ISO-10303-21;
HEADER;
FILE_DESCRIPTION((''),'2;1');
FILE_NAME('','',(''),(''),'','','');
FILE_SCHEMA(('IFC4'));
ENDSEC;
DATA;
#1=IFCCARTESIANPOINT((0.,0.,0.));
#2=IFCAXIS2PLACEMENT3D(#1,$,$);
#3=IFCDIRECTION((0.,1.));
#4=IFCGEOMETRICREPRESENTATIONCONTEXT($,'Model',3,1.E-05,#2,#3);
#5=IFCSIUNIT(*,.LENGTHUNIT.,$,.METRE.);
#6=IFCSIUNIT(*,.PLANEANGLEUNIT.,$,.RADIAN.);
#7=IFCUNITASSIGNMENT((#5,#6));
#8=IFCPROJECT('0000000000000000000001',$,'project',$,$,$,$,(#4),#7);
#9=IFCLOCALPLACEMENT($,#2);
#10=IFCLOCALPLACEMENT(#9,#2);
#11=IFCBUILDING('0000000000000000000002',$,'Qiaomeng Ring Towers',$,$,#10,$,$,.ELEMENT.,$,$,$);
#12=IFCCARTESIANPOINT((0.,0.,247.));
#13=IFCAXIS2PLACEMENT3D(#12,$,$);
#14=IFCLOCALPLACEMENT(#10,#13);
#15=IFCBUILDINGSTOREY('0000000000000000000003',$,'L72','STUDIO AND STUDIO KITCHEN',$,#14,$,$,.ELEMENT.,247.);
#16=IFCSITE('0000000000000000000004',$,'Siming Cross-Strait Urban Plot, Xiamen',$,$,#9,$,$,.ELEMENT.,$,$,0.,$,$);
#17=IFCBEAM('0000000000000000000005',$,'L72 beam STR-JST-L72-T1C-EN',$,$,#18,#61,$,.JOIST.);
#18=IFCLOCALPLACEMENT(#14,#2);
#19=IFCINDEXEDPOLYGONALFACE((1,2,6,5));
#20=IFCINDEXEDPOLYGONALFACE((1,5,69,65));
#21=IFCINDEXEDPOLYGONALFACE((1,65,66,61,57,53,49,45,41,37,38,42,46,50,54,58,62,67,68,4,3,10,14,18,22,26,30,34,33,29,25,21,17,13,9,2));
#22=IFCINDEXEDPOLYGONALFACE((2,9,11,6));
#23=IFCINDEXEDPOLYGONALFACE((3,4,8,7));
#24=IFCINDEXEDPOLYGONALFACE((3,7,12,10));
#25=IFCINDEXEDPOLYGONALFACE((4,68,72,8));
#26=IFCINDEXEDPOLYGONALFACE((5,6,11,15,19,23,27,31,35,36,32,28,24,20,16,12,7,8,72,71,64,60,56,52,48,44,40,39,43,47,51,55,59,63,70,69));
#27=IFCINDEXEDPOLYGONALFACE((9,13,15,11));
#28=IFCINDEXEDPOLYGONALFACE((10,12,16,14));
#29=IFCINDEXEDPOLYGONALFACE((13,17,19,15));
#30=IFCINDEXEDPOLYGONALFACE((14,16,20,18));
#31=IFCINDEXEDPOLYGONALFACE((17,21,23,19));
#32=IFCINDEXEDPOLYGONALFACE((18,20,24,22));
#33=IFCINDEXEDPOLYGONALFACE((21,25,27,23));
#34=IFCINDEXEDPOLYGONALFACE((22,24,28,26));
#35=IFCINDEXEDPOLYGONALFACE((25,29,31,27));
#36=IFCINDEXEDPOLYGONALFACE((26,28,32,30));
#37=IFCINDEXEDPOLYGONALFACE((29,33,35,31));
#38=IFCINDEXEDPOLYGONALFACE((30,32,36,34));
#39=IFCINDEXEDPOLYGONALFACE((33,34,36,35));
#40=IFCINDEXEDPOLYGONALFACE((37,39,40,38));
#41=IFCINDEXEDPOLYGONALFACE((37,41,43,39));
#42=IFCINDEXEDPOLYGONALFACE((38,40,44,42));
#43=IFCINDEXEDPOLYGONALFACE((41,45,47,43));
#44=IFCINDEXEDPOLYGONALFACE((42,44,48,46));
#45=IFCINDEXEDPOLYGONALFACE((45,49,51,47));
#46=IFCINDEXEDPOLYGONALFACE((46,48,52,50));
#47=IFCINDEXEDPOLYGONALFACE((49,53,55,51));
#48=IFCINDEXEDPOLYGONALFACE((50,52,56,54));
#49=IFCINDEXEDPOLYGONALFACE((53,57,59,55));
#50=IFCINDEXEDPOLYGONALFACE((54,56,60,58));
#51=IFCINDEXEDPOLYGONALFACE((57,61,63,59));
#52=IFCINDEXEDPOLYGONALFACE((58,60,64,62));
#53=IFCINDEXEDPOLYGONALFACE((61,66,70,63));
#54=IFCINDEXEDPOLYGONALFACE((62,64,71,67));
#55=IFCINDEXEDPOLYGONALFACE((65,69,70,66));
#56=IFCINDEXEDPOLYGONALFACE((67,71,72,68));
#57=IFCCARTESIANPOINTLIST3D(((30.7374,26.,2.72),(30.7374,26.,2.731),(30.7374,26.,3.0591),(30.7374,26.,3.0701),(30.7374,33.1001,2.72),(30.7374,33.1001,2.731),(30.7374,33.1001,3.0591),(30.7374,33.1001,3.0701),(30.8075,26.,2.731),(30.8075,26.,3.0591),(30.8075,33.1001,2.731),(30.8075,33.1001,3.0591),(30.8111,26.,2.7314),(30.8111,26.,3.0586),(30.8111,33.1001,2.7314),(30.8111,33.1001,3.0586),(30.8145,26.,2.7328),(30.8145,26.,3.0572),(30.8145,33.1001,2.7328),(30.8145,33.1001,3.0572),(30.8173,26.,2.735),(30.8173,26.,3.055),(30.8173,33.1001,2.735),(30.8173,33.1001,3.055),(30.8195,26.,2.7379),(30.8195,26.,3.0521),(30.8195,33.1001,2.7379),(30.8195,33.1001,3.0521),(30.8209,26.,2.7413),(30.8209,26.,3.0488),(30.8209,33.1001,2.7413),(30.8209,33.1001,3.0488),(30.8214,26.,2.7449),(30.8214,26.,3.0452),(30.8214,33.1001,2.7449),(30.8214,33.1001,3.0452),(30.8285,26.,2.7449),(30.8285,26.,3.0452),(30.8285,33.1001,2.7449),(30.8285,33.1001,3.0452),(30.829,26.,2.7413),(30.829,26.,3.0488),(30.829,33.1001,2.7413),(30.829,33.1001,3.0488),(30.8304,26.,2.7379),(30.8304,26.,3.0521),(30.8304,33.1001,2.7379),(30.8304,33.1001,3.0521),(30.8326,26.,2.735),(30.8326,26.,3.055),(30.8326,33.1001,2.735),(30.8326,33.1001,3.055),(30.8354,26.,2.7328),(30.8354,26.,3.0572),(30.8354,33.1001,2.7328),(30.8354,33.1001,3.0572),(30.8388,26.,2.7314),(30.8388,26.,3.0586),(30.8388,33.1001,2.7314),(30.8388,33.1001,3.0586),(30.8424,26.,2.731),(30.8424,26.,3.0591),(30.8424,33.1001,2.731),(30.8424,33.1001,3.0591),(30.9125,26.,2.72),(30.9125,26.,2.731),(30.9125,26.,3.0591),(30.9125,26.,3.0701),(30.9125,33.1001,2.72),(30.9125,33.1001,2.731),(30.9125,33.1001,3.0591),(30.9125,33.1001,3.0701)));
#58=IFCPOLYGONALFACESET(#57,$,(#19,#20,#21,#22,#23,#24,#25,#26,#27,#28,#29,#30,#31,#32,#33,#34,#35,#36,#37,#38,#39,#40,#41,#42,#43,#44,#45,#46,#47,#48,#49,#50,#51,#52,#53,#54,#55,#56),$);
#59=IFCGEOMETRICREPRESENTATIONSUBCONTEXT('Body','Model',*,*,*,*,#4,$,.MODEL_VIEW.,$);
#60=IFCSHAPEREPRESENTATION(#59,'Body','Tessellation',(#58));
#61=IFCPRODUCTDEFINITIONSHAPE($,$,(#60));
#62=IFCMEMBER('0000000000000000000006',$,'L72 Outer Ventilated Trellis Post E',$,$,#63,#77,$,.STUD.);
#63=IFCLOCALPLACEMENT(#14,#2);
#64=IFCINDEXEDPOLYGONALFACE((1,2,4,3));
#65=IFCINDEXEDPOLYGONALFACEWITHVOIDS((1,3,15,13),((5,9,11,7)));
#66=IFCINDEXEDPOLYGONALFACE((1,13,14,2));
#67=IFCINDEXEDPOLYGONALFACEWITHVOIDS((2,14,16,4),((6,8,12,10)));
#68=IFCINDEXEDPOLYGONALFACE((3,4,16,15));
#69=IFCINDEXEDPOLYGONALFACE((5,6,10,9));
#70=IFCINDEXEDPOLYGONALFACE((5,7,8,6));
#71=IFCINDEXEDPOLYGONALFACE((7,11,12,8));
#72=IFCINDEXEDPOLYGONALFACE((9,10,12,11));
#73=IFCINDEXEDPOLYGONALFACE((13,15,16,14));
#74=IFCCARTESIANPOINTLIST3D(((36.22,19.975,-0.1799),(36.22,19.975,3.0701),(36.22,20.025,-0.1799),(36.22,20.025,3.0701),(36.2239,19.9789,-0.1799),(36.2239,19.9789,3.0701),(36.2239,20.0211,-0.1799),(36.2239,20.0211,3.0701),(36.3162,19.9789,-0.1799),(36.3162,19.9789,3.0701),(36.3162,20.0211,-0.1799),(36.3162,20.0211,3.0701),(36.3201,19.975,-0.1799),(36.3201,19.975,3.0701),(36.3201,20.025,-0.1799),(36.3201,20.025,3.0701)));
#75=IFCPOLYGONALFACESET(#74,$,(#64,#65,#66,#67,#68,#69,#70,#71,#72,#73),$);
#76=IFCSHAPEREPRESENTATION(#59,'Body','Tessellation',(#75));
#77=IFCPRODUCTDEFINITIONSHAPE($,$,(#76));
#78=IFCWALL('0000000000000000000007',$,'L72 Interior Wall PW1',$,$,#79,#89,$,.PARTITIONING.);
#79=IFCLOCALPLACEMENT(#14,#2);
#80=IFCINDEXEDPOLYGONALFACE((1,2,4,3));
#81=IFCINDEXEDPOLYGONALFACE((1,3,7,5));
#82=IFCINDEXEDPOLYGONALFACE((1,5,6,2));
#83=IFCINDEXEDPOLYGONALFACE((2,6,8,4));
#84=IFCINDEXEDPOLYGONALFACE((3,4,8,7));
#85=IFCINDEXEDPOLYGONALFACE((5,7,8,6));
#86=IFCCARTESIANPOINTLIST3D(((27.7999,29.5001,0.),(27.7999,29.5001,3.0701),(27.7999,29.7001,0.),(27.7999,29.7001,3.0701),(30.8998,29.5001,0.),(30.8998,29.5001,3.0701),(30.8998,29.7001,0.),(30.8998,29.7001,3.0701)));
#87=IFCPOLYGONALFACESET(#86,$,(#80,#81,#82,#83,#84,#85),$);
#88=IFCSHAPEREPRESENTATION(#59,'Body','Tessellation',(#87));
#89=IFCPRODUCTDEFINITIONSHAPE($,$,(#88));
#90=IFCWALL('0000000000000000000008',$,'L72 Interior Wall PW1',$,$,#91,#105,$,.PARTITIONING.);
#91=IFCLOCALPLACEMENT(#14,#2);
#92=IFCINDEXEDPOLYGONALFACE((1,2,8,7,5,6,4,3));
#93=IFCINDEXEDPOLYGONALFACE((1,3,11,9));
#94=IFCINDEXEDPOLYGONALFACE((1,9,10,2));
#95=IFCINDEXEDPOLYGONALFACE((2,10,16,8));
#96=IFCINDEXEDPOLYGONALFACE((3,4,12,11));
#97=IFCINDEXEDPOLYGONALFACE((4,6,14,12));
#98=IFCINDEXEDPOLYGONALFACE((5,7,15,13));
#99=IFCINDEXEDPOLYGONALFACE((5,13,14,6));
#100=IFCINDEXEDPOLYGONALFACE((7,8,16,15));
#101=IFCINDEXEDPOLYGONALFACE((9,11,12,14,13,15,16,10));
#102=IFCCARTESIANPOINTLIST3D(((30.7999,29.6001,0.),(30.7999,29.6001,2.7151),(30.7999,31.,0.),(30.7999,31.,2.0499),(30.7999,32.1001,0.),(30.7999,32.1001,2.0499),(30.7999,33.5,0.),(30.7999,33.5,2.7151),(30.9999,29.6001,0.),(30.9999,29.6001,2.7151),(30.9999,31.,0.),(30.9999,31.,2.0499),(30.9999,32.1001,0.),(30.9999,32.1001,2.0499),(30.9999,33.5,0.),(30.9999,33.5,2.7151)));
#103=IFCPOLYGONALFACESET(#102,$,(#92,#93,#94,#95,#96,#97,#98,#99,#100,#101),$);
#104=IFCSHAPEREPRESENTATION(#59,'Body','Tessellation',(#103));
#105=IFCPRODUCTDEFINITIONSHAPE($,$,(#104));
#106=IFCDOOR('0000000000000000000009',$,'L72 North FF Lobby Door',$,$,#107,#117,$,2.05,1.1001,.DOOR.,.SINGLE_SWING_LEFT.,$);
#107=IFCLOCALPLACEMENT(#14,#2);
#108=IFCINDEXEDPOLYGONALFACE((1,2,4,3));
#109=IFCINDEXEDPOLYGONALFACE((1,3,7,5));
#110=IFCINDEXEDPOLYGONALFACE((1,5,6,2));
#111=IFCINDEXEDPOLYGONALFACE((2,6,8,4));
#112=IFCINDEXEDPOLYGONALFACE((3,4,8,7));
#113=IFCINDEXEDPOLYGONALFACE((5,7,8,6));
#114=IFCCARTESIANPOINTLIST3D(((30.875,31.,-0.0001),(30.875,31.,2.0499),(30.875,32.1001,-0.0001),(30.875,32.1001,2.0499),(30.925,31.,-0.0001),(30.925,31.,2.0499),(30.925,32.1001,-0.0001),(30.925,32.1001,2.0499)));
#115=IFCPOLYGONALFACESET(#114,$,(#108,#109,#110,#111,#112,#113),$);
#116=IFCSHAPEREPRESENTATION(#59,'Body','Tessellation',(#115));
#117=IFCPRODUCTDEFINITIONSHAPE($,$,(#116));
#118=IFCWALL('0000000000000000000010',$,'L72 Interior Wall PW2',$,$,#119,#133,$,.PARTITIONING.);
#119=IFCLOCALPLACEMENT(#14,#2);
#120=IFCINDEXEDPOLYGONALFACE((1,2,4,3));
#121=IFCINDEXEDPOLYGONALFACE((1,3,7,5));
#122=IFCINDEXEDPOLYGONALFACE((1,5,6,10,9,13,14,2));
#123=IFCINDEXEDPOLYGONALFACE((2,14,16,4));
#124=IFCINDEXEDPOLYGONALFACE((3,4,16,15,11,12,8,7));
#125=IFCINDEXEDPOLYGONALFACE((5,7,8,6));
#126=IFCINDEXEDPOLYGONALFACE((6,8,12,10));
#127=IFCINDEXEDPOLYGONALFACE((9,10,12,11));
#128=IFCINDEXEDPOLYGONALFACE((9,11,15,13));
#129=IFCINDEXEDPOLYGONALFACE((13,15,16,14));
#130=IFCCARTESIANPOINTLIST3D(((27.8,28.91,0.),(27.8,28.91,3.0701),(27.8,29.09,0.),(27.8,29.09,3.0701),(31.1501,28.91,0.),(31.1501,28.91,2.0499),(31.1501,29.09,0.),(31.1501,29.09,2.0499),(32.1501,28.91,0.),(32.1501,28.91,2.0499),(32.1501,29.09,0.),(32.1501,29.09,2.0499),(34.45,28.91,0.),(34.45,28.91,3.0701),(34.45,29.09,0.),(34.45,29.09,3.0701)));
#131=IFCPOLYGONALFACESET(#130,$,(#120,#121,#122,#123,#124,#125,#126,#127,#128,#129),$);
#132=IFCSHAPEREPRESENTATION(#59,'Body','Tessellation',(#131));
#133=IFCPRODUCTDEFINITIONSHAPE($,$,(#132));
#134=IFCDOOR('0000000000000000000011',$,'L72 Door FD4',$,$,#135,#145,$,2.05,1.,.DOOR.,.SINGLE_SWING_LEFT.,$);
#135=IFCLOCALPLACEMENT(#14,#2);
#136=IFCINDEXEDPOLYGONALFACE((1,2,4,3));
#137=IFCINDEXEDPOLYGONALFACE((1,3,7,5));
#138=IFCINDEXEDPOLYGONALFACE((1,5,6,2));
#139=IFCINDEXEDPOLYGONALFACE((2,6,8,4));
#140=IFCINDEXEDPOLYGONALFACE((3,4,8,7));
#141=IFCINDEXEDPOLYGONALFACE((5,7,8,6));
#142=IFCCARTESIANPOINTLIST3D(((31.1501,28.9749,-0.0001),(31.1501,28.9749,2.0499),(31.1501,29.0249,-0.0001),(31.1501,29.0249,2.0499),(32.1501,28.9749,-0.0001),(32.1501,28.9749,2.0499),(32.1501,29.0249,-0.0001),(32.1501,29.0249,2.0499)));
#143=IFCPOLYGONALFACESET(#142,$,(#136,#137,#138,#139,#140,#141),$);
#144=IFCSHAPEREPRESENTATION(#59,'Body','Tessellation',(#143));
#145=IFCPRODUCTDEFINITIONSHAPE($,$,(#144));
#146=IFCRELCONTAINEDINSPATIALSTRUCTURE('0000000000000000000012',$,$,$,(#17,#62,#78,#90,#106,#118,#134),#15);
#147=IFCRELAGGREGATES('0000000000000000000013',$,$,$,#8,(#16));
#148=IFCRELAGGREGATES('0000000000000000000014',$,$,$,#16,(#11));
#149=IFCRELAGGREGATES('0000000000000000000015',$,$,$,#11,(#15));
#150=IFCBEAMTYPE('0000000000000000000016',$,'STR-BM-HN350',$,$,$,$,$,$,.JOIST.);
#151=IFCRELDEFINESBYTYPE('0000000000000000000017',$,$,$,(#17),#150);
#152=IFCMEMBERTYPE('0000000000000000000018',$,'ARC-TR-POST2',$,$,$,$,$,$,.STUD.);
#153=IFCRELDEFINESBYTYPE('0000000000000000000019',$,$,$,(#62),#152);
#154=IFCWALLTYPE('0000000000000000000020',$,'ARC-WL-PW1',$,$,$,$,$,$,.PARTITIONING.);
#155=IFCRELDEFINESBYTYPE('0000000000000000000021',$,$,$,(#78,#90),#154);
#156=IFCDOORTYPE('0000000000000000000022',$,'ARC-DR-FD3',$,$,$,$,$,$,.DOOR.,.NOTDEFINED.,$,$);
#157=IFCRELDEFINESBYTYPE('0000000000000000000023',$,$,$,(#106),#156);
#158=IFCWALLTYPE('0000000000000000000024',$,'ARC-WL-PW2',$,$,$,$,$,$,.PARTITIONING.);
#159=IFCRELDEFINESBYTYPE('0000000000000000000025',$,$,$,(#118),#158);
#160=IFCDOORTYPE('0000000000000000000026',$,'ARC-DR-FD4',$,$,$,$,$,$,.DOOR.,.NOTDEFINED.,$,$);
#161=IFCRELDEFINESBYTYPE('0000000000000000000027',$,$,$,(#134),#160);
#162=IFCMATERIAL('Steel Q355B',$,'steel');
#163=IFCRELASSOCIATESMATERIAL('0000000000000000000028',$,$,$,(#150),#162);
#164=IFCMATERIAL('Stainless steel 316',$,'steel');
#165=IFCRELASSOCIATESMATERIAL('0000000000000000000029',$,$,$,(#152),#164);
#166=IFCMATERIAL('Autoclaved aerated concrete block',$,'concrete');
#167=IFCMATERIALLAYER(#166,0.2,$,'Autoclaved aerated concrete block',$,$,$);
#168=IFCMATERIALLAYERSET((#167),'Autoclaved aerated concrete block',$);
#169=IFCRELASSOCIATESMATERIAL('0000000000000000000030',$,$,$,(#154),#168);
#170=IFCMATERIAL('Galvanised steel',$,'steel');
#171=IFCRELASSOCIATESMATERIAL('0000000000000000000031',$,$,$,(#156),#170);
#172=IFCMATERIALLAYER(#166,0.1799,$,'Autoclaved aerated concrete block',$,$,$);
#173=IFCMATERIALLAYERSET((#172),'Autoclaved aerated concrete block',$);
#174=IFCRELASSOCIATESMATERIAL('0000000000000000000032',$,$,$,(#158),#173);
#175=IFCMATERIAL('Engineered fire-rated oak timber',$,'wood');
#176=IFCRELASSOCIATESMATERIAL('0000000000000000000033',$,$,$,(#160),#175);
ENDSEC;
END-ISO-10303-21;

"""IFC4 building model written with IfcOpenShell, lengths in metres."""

from ifc_helpers import new_model, si_unit, direction, frame, frame_2d, origin, origin_2d, place, context, subcontext, project, spatial, rectangle, hollow_rectangle, i_section, extrude, source, transform, mapped, material, layer, layer_set, material_profile, profile_set, type_object, element, fill, save


model = new_model("IFC4")

# Units and contexts
model_context = context("Model", 3, precision=1e-05, world=origin(), true_north=direction((0.0, 1.0)))
body_context = subcontext(model_context, "Body", "Model", "MODEL_VIEW")
ifc_project = project(units=[si_unit("LENGTHUNIT", "METRE"), si_unit("PLANEANGLEUNIT", "RADIAN")], contexts=[model_context])

# Site, building, storey
site_placement = place(None, origin())
site = spatial("IfcSite", under=ifc_project, at=site_placement, Name="Siming Cross-Strait Urban Plot, Xiamen", CompositionType="ELEMENT", RefElevation=0.0)
building_placement = place(site_placement, origin())
building = spatial("IfcBuilding", under=site, at=building_placement, Name="Qiaomeng Ring Towers", CompositionType="ELEMENT")
storey_placement = place(building_placement, frame((0.0, 0.0, 247.0)))
storey = spatial("IfcBuildingStorey", under=building, at=storey_placement, Name="L72", Description="STUDIO AND STUDIO KITCHEN", CompositionType="ELEMENT", Elevation=247.0)

# Beam
ifc_material_1 = material(Name="Steel Q355B", Category="steel")
ifc_material_profile_1 = material_profile(ifc_material_1, i_section(OverallWidth=0.175, OverallDepth=0.3501, WebThickness=0.0071, FlangeThickness=0.011, FilletRadius=0.0139, at=origin_2d()), Name="HN 350x175x7x11")
ifc_profile_set_1 = profile_set([ifc_material_profile_1], Name="Steel Q355B")
beam_type_1 = type_object("IfcBeamType", Name="STR-BM-HN350", PredefinedType="JOIST", material=ifc_profile_set_1)
shared_shape_1 = source(origin(), body_context, "Body", "SweptSolid", [
    extrude(i_section(OverallWidth=0.175, OverallDepth=0.3501, WebThickness=0.0071, FlangeThickness=0.011, FilletRadius=0.0139, at=origin_2d()), origin(), (0.0, 0.0, 1.0), 7.1001),
])
beam_1_placement = place(storey_placement, frame((30.825, 26.0, 2.895), z_axis=(0.0, 1.0, 0.0), x_axis=(-1.0, 0.0, 0.0)))
element("IfcBeam", 1, at=beam_1_placement, inside=storey, type_object=beam_type_1, Name="L72 beam STR-JST-L72-T1C-EN", PredefinedType="JOIST", context=body_context, shape_type="MappedRepresentation", body=[
    mapped(shared_shape_1, transform((0.0, 0.0, 0.0), x_axis=(1.0, 0.0, 0.0), y_axis=(0.0, 1.0, 0.0), z_axis=(0.0, 0.0, 1.0), scale=1.0)),
])

# Member
ifc_material_2 = material(Name="Stainless steel 316", Category="steel")
ifc_material_profile_2 = material_profile(ifc_material_2, hollow_rectangle(XDim=0.05, YDim=0.1001, WallThickness=0.0039, at=origin_2d()), Name="SS TRELLIS 100x50")
ifc_profile_set_2 = profile_set([ifc_material_profile_2], Name="Stainless steel 316")
member_type = type_object("IfcMemberType", Name="ARC-TR-POST2", PredefinedType="STUD", material=ifc_profile_set_2)
shared_shape_2 = source(origin(), body_context, "Body", "SweptSolid", [
    extrude(hollow_rectangle(XDim=0.05, YDim=0.1001, WallThickness=0.0039, at=origin_2d()), origin(), (0.0, 0.0, 1.0), 3.25),
])
member_placement = place(storey_placement, frame((36.27, 20.0, -0.1799), z_axis=(0.0, 0.0, 1.0), x_axis=(0.0, 1.0, 0.0)))
element("IfcMember", 2, at=member_placement, inside=storey, type_object=member_type, Name="L72 Outer Ventilated Trellis Post E", PredefinedType="STUD", context=body_context, shape_type="MappedRepresentation", body=[
    mapped(shared_shape_2, transform((0.0, 0.0, 0.0), x_axis=(1.0, 0.0, 0.0), y_axis=(0.0, 1.0, 0.0), z_axis=(0.0, 0.0, 1.0), scale=1.0)),
])

# Wall
ifc_material_3 = material(Name="Autoclaved aerated concrete block", Category="concrete")
ifc_layer_1 = layer(ifc_material_3, 0.2, Name="Autoclaved aerated concrete block")
ifc_layer_set_1 = layer_set([ifc_layer_1], Name="Autoclaved aerated concrete block")
wall_type_1 = type_object("IfcWallType", Name="ARC-WL-PW1", PredefinedType="PARTITIONING", material=ifc_layer_set_1)
wall_1_placement = place(storey_placement, frame((27.8, 29.6001, 0.0), z_axis=(0.0, 0.0, 1.0), x_axis=(1.0, 0.0, 0.0)))
element("IfcWall", 3, at=wall_1_placement, inside=storey, type_object=wall_type_1, Name="L72 Interior Wall PW1", PredefinedType="PARTITIONING", context=body_context, shape_type="SweptSolid", body=[
    extrude(rectangle(XDim=3.0999, YDim=0.2, at=frame_2d((1.5498, 0.0))), origin(), (0.0, 0.0, 1.0), 3.0701),
])

# Walls, openings, doors
wall_2_placement = place(storey_placement, frame((30.8999, 29.6001, 0.0), z_axis=(0.0, 0.0, 1.0), x_axis=(0.0, 1.0, 0.0)))
wall_2 = element("IfcWall", 4, at=wall_2_placement, inside=storey, type_object=wall_type_1, Name="L72 Interior Wall PW1", PredefinedType="PARTITIONING", context=body_context, shape_type="SweptSolid", body=[
    extrude(rectangle(XDim=3.8999, YDim=0.2, at=frame_2d((1.95, 0.0))), origin(), (0.0, 0.0, 1.0), 2.7151),
])
opening_1_placement = place(wall_2_placement, frame((1.3999, 0.0, 0.0)))
opening_1 = element("IfcOpeningElement", 5, at=opening_1_placement, cuts=wall_2, PredefinedType="OPENING", context=body_context, shape_type="SweptSolid", body=[
    extrude(rectangle(XDim=1.1001, YDim=2.05, at=frame_2d((0.55, 1.0249))), frame((0.0, 0.1099, 0.0), z_axis=(0.0, -1.0, 0.0), x_axis=(1.0, 0.0, 0.0)), (0.0, 0.0, 1.0), 0.22),
])
ifc_material_4 = material(Name="Galvanised steel", Category="steel")
door_type_1 = type_object("IfcDoorType", Name="ARC-DR-FD3", OperationType="NOTDEFINED", PredefinedType="DOOR", material=ifc_material_4)
shared_shape_3 = source(origin(), body_context, "Body", "SweptSolid", [
    extrude(rectangle(XDim=1.1001, YDim=2.05, at=frame_2d((0.55, 1.0249))), frame((0.0, 0.0249, 0.0), z_axis=(0.0, -1.0, 0.0), x_axis=(1.0, 0.0, 0.0)), (0.0, 0.0, 1.0), 0.05),
])
door_1_placement = place(opening_1_placement, origin())
door_1 = element("IfcDoor", 6, at=door_1_placement, inside=storey, type_object=door_type_1, Name="L72 North FF Lobby Door", OperationType="SINGLE_SWING_LEFT", OverallHeight=2.05, OverallWidth=1.1001, PredefinedType="DOOR", context=body_context, shape_type="MappedRepresentation", body=[
    mapped(shared_shape_3, transform((0.0, 0.0, 0.0), x_axis=(1.0, 0.0, 0.0), y_axis=(0.0, 1.0, 0.0), z_axis=(0.0, 0.0, 1.0), scale=1.0)),
])
fill(opening_1, door_1)
ifc_layer_2 = layer(ifc_material_3, 0.1799, Name="Autoclaved aerated concrete block")
ifc_layer_set_2 = layer_set([ifc_layer_2], Name="Autoclaved aerated concrete block")
wall_type_2 = type_object("IfcWallType", Name="ARC-WL-PW2", PredefinedType="PARTITIONING", material=ifc_layer_set_2)
wall_3_placement = place(storey_placement, frame((27.8, 29.0, 0.0), z_axis=(0.0, 0.0, 1.0), x_axis=(1.0, 0.0, 0.0)))
wall_3 = element("IfcWall", 7, at=wall_3_placement, inside=storey, type_object=wall_type_2, Name="L72 Interior Wall PW2", PredefinedType="PARTITIONING", context=body_context, shape_type="SweptSolid", body=[
    extrude(rectangle(XDim=6.6499, YDim=0.1799, at=frame_2d((3.325, 0.0))), origin(), (0.0, 0.0, 1.0), 3.0701),
])
opening_2_placement = place(wall_3_placement, frame((3.3501, 0.0, 0.0)))
opening_2 = element("IfcOpeningElement", 8, at=opening_2_placement, cuts=wall_3, PredefinedType="OPENING", context=body_context, shape_type="SweptSolid", body=[
    extrude(rectangle(XDim=1.0, YDim=2.05, at=frame_2d((0.5, 1.0249))), frame((0.0, 0.0999, 0.0), z_axis=(0.0, -1.0, 0.0), x_axis=(1.0, 0.0, 0.0)), (0.0, 0.0, 1.0), 0.2),
])
ifc_material_5 = material(Name="Engineered fire-rated oak timber", Category="wood")
door_type_2 = type_object("IfcDoorType", Name="ARC-DR-FD4", OperationType="NOTDEFINED", PredefinedType="DOOR", material=ifc_material_5)
shared_shape_4 = source(origin(), body_context, "Body", "SweptSolid", [
    extrude(rectangle(XDim=1.0, YDim=2.05, at=frame_2d((0.5, 1.0249))), frame((0.0, 0.0249, 0.0), z_axis=(0.0, -1.0, 0.0), x_axis=(1.0, 0.0, 0.0)), (0.0, 0.0, 1.0), 0.05),
])
door_2_placement = place(opening_2_placement, origin())
door_2 = element("IfcDoor", 9, at=door_2_placement, inside=storey, type_object=door_type_2, Name="L72 Door FD4", OperationType="SINGLE_SWING_LEFT", OverallHeight=2.05, OverallWidth=1.0, PredefinedType="DOOR", context=body_context, shape_type="MappedRepresentation", body=[
    mapped(shared_shape_4, transform((0.0, 0.0, 0.0), x_axis=(1.0, 0.0, 0.0), y_axis=(0.0, 1.0, 0.0), z_axis=(0.0, 0.0, 1.0), scale=1.0)),
])
fill(opening_2, door_2)

save(model, "model.ifc")
